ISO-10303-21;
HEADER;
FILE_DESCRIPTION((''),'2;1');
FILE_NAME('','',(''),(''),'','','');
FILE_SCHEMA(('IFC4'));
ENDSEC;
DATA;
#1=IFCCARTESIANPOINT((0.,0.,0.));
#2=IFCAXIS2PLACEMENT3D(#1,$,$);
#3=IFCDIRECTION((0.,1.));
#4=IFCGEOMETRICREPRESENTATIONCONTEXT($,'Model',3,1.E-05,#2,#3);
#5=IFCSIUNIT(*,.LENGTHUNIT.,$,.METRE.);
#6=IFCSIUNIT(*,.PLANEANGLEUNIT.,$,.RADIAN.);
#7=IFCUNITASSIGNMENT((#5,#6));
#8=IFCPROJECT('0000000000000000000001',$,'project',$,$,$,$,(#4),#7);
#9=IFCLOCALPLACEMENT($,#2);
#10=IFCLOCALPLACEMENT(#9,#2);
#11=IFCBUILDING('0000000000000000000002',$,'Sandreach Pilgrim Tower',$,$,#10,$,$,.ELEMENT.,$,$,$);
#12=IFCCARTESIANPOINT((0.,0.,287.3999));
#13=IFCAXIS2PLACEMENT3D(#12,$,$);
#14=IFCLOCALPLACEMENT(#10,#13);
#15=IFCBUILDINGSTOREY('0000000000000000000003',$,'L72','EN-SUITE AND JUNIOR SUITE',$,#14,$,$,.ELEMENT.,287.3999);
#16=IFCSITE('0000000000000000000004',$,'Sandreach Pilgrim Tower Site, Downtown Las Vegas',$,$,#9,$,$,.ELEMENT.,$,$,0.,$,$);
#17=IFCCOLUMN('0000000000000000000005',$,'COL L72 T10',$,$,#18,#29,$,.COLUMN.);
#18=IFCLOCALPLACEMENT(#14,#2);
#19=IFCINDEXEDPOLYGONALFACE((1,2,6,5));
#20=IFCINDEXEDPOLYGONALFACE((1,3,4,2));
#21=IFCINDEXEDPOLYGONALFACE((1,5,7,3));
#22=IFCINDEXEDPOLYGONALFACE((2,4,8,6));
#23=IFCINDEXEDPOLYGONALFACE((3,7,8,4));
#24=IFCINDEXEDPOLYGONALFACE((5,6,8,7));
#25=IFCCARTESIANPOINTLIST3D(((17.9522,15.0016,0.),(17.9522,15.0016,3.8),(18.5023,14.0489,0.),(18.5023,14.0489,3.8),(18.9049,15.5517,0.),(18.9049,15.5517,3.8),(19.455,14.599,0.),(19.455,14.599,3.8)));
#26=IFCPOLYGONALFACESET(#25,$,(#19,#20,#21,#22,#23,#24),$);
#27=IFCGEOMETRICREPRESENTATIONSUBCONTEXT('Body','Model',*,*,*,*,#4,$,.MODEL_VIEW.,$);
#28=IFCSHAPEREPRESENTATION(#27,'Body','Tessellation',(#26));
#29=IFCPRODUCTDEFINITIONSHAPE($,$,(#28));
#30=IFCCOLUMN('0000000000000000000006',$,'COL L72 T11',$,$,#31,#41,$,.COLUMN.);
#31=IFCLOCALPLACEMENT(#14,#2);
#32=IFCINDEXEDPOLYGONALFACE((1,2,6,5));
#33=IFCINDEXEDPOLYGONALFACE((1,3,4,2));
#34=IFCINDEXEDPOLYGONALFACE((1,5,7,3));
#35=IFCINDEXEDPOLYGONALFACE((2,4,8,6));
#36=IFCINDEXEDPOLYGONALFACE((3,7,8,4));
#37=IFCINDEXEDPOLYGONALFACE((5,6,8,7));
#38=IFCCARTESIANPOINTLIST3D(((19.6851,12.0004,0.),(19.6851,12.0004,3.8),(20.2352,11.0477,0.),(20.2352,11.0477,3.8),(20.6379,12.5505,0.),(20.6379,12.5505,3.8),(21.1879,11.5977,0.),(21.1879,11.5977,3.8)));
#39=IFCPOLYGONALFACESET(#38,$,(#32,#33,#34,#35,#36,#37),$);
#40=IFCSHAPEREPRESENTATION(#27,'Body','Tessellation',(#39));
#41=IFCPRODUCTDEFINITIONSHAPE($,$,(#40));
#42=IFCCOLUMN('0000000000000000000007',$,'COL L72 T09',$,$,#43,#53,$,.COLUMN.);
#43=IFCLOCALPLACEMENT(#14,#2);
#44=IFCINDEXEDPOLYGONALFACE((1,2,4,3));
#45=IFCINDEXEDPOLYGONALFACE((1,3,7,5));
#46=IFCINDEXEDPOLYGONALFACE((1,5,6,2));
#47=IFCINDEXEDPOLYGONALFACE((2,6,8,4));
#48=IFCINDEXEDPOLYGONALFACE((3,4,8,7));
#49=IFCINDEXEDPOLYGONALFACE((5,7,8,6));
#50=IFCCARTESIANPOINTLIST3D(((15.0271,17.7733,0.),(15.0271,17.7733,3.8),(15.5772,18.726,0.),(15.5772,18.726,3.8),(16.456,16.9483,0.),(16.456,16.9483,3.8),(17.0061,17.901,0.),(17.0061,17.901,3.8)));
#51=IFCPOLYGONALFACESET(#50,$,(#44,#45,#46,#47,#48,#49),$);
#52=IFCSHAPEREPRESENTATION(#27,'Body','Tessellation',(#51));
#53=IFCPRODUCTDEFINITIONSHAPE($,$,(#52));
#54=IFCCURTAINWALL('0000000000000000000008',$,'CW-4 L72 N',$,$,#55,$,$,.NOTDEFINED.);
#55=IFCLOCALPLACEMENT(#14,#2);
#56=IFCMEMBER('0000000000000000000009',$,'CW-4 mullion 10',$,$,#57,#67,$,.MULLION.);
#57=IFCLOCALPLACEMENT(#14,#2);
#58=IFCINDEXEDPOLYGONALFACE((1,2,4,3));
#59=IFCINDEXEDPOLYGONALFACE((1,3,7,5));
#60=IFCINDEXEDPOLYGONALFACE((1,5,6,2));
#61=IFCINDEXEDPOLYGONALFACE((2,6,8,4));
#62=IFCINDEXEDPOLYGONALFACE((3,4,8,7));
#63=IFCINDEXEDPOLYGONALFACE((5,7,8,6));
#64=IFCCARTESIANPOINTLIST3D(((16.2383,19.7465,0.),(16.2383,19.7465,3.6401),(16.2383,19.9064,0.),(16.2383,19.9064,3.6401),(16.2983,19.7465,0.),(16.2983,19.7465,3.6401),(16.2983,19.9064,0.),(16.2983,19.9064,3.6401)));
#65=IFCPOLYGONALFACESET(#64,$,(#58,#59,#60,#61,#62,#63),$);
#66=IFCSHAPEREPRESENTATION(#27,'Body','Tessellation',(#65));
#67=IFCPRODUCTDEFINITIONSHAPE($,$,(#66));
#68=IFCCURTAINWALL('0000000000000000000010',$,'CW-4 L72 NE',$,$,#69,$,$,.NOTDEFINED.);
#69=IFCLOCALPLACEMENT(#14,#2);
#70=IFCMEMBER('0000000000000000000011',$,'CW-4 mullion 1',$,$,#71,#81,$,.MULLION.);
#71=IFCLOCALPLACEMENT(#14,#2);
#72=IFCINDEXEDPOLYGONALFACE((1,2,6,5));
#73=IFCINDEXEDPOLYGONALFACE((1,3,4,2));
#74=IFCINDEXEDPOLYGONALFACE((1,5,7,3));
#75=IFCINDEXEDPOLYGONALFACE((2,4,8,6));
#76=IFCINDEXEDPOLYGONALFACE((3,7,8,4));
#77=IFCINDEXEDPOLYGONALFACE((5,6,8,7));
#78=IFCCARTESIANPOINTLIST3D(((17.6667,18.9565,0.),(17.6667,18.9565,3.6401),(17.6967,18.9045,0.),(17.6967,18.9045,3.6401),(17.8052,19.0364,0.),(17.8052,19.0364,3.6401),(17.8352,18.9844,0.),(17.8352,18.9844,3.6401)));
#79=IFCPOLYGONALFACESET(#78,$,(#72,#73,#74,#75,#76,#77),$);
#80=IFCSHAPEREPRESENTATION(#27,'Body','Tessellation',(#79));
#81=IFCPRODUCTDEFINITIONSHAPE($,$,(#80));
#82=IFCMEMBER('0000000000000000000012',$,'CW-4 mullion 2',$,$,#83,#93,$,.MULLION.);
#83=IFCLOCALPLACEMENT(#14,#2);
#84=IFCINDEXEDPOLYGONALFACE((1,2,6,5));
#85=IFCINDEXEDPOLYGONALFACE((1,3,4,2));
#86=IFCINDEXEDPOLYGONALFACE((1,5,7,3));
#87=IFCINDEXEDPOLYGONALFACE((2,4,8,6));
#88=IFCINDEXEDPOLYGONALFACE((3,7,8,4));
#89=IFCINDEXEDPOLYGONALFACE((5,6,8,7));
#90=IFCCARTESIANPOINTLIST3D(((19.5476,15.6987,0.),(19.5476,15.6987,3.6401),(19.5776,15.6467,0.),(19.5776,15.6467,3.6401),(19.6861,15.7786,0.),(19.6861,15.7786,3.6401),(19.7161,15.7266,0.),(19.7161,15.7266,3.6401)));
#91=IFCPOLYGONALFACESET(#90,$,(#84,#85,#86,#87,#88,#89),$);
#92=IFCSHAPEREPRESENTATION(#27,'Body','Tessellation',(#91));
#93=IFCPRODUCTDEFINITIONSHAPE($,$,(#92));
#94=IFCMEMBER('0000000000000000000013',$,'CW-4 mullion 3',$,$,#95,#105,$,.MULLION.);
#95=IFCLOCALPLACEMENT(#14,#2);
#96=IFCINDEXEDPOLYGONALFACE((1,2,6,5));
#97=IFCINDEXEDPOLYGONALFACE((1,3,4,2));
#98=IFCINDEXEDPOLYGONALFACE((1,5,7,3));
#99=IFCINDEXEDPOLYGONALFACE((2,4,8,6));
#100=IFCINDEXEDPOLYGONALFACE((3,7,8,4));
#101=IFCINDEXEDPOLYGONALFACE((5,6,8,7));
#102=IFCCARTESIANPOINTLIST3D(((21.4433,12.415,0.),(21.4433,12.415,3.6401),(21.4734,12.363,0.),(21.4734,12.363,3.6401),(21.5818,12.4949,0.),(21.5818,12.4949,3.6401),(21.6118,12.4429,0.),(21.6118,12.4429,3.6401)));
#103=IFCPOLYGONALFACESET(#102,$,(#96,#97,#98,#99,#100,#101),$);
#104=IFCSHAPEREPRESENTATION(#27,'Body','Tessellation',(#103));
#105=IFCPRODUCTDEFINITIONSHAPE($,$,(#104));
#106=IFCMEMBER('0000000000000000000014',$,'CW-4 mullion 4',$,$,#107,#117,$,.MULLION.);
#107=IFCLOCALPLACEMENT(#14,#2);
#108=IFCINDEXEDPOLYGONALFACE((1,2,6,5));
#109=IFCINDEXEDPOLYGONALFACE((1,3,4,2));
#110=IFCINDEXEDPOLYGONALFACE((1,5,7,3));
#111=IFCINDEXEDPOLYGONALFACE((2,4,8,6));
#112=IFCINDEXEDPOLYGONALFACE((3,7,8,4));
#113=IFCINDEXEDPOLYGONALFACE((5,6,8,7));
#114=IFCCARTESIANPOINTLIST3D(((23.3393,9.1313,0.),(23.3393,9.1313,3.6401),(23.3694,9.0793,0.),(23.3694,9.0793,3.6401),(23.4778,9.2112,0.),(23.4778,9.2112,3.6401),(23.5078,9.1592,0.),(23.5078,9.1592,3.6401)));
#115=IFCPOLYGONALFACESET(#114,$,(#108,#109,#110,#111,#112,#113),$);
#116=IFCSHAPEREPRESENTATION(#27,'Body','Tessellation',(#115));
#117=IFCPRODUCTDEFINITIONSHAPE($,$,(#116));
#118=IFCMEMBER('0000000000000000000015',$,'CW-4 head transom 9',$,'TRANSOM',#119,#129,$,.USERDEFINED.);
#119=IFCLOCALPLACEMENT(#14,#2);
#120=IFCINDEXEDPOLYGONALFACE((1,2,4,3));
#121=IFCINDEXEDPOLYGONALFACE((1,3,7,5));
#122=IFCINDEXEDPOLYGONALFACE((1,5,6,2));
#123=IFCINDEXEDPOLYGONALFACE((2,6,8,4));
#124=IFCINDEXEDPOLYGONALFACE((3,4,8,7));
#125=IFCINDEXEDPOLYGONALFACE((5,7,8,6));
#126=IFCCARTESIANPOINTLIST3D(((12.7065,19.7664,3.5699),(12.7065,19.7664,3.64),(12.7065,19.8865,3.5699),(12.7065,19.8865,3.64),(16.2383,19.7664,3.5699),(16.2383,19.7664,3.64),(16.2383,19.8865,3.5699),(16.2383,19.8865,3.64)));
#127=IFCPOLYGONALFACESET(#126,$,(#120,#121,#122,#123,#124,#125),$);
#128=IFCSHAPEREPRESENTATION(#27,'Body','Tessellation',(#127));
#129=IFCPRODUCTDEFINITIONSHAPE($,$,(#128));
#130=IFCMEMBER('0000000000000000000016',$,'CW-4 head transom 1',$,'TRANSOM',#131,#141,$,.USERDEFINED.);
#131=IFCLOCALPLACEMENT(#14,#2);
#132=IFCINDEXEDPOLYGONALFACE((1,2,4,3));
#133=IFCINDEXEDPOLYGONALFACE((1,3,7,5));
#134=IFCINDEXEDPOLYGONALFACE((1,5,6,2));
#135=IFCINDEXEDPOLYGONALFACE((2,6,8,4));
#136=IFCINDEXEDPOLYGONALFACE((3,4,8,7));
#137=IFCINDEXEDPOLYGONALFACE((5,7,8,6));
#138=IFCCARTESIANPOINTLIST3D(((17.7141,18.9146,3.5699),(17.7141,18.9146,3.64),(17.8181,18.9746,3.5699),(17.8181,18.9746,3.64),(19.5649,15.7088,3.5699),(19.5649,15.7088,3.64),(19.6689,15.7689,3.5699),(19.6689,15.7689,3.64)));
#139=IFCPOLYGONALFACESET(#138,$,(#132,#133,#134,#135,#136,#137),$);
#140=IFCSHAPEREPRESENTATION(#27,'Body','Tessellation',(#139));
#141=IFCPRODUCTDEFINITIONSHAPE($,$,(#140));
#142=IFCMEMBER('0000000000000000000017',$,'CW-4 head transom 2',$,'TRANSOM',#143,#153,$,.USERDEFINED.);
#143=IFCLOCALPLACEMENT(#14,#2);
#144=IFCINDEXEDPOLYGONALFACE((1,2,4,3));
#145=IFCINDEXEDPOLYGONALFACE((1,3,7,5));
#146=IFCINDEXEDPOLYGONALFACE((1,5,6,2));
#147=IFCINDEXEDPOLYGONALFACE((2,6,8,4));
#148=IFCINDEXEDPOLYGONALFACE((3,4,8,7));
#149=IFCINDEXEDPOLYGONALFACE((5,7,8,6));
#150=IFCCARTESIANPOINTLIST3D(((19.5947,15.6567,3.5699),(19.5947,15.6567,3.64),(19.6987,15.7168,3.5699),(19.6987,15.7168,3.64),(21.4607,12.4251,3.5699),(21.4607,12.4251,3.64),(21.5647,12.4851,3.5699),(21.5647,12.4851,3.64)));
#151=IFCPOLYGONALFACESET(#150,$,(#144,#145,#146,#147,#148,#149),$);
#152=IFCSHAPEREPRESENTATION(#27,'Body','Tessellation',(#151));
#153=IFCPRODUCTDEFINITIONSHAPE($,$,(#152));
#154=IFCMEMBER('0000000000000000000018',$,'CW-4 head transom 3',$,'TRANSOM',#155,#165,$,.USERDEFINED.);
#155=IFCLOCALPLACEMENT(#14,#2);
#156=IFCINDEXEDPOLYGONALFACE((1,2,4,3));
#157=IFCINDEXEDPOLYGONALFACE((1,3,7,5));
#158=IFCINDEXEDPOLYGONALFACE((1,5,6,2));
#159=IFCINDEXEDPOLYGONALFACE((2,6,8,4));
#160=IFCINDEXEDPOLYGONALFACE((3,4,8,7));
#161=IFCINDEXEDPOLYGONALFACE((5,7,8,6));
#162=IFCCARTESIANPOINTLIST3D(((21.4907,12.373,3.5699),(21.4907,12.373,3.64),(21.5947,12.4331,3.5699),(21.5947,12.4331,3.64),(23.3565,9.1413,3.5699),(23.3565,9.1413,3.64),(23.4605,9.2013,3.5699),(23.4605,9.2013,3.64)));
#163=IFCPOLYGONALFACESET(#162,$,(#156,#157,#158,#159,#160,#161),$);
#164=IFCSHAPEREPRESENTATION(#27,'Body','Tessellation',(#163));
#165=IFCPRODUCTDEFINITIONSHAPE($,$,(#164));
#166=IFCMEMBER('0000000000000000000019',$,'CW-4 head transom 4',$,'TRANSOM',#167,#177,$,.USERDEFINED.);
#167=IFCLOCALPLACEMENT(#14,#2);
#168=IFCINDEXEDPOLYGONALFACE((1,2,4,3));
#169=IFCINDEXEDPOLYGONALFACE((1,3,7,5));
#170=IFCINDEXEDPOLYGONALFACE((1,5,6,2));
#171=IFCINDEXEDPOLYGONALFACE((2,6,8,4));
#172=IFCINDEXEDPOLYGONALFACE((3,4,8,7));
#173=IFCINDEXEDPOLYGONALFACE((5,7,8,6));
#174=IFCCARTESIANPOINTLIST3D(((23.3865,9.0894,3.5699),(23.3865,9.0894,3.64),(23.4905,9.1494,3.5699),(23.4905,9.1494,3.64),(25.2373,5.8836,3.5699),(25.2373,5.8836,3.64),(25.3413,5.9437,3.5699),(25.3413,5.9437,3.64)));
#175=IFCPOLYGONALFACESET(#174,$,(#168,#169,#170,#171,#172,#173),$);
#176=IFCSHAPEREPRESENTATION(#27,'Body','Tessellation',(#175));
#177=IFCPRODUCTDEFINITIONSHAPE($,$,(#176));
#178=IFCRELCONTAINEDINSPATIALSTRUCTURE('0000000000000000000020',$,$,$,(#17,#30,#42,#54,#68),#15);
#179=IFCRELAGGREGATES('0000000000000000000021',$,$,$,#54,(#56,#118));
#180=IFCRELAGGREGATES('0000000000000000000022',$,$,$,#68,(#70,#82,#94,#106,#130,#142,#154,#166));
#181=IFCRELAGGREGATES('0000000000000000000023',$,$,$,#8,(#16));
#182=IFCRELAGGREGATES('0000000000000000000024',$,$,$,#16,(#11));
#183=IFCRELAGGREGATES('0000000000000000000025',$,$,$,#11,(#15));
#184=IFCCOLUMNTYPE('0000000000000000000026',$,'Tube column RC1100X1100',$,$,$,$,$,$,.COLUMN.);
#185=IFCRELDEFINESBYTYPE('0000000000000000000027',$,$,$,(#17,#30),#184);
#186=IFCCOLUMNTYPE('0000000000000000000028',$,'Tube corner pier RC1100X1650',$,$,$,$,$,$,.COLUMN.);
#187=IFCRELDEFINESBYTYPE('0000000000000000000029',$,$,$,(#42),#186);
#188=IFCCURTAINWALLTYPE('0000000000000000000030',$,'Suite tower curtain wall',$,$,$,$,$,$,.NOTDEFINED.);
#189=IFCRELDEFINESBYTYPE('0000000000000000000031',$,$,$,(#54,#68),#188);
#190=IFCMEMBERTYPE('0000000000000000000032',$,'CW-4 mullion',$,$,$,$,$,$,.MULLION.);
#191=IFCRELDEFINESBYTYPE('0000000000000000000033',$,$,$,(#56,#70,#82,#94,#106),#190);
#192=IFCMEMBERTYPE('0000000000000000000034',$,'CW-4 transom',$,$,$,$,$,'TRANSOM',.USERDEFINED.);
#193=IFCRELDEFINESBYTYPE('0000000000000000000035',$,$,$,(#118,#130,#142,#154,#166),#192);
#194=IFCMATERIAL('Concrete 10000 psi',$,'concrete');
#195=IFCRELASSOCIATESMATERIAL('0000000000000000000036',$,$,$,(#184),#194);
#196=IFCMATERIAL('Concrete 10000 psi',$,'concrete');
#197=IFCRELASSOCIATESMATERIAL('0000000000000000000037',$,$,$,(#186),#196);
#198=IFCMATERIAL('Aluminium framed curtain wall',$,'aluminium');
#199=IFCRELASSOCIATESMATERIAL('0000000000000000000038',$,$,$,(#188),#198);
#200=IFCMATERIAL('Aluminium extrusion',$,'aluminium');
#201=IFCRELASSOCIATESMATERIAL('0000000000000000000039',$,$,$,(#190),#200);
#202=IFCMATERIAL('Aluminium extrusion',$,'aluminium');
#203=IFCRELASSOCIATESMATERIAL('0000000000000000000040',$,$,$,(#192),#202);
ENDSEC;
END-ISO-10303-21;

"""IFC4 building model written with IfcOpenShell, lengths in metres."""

from ifc_helpers import new_model, si_unit, direction, frame, origin, origin_2d, place, context, subcontext, project, spatial, rectangle, extrude, material, material_profile, profile_set, type_object, element, aggregate, save


model = new_model("IFC4")

# Units and contexts
model_context = context("Model", 3, precision=1e-05, world=origin(), true_north=direction((0.0, 1.0)))
body_context = subcontext(model_context, "Body", "Model", "MODEL_VIEW")
ifc_project = project(units=[si_unit("LENGTHUNIT", "METRE"), si_unit("PLANEANGLEUNIT", "RADIAN")], contexts=[model_context])

# Site, building, storey
site_placement = place(None, origin())
site = spatial("IfcSite", under=ifc_project, at=site_placement, Name="Sandreach Pilgrim Tower Site, Downtown Las Vegas", CompositionType="ELEMENT", RefElevation=0.0)
building_placement = place(site_placement, origin())
building = spatial("IfcBuilding", under=site, at=building_placement, Name="Sandreach Pilgrim Tower", CompositionType="ELEMENT")
storey_placement = place(building_placement, frame((0.0, 0.0, 287.3999)))
storey = spatial("IfcBuildingStorey", under=building, at=storey_placement, Name="L72", Description="EN-SUITE AND JUNIOR SUITE", CompositionType="ELEMENT", Elevation=287.3999)

# Columns
ifc_material_1 = material(Name="Concrete 10000 psi", Category="concrete")
ifc_material_profile_1 = material_profile(ifc_material_1, rectangle(XDim=1.1001, YDim=1.1001, at=origin_2d()), Name="RC1100X1100")
ifc_profile_set_1 = profile_set([ifc_material_profile_1], Name="Concrete 10000 psi")
column_type_1 = type_object("IfcColumnType", Name="Tube column RC1100X1100", PredefinedType="COLUMN", material=ifc_profile_set_1)
for number, where, z_axis, x_axis, name in (
    (1, (18.7036, 14.8003, 0.0), (0.0, 0.0, 1.0), (0.866025, 0.5, 0.0), "COL L72 T10"),
    (2, (20.4365, 11.7991, 0.0), (0.0, 0.0, 1.0), (0.866025, 0.5, 0.0), "COL L72 T11"),
):
    element("IfcColumn", number, at=place(storey_placement, frame(where, z_axis=z_axis, x_axis=x_axis)), inside=storey, type_object=column_type_1, Name=name, PredefinedType="COLUMN", context=body_context, shape_type="SweptSolid", body=[
        extrude(rectangle(XDim=1.1001, YDim=1.1001, at=origin_2d()), origin(), (0.0, 0.0, 1.0), 3.8),
    ])
ifc_material_2 = material(Name="Concrete 10000 psi", Category="concrete")
ifc_material_profile_2 = material_profile(ifc_material_2, rectangle(XDim=1.1001, YDim=1.6499, at=origin_2d()), Name="RC1100X1650")
ifc_profile_set_2 = profile_set([ifc_material_profile_2], Name="Concrete 10000 psi")
column_type_2 = type_object("IfcColumnType", Name="Tube corner pier RC1100X1650", PredefinedType="COLUMN", material=ifc_profile_set_2)
column_placement = place(storey_placement, frame((16.0166, 17.8372, 0.0), z_axis=(0.0, 0.0, 1.0), x_axis=(0.5, 0.866025, 0.0)))
element("IfcColumn", 3, at=column_placement, inside=storey, type_object=column_type_2, Name="COL L72 T09", PredefinedType="COLUMN", context=body_context, shape_type="SweptSolid", body=[
    extrude(rectangle(XDim=1.1001, YDim=1.6499, at=origin_2d()), origin(), (0.0, 0.0, 1.0), 3.8),
])

# Curtain wall, member
ifc_material_3 = material(Name="Aluminium framed curtain wall", Category="aluminium")
curtain_wall_type = type_object("IfcCurtainWallType", Name="Suite tower curtain wall", PredefinedType="NOTDEFINED", material=ifc_material_3)
curtain_wall_1_placement = place(storey_placement, origin())
curtain_wall_1 = element("IfcCurtainWall", 4, at=curtain_wall_1_placement, inside=storey, type_object=curtain_wall_type, Name="CW-4 L72 N", PredefinedType="NOTDEFINED")
ifc_material_4 = material(Name="Aluminium extrusion", Category="aluminium")
ifc_material_profile_3 = material_profile(ifc_material_4, rectangle(XDim=0.0601, YDim=0.1599, at=origin_2d()), Name="CW-4M 60X160")
ifc_profile_set_3 = profile_set([ifc_material_profile_3], Name="Aluminium extrusion")
member_type_1 = type_object("IfcMemberType", Name="CW-4 mullion", PredefinedType="MULLION", material=ifc_profile_set_3)
member_1_placement = place(storey_placement, frame((16.2683, 19.8264, 0.0), z_axis=(0.0, 0.0, 1.0), x_axis=(1.0, 0.0, 0.0)))
member_1 = element("IfcMember", 5, at=member_1_placement, type_object=member_type_1, Name="CW-4 mullion 10", PredefinedType="MULLION", context=body_context, shape_type="SweptSolid", body=[
    extrude(rectangle(XDim=0.0601, YDim=0.1599, at=origin_2d()), origin(), (0.0, 0.0, 1.0), 3.6401),
])

# Curtain wall, members
curtain_wall_2_placement = place(storey_placement, origin())
curtain_wall_2 = element("IfcCurtainWall", 6, at=curtain_wall_2_placement, inside=storey, type_object=curtain_wall_type, Name="CW-4 L72 NE", PredefinedType="NOTDEFINED")
member_2_placement = place(storey_placement, frame((17.751, 18.9705, 0.0), z_axis=(0.0, 0.0, 1.0), x_axis=(0.5, -0.866025, 0.0)))
member_2 = element("IfcMember", 7, at=member_2_placement, type_object=member_type_1, Name="CW-4 mullion 1", PredefinedType="MULLION", context=body_context, shape_type="SweptSolid", body=[
    extrude(rectangle(XDim=0.0601, YDim=0.1599, at=origin_2d()), origin(), (0.0, 0.0, 1.0), 3.6401),
])
member_3_placement = place(storey_placement, frame((19.6318, 15.7126, 0.0), z_axis=(0.0, 0.0, 1.0), x_axis=(0.5, -0.866025, 0.0)))
member_3 = element("IfcMember", 8, at=member_3_placement, type_object=member_type_1, Name="CW-4 mullion 2", PredefinedType="MULLION", context=body_context, shape_type="SweptSolid", body=[
    extrude(rectangle(XDim=0.0601, YDim=0.1599, at=origin_2d()), origin(), (0.0, 0.0, 1.0), 3.6401),
])
member_4_placement = place(storey_placement, frame((21.5276, 12.429, 0.0), z_axis=(0.0, 0.0, 1.0), x_axis=(0.5, -0.866025, 0.0)))
member_4 = element("IfcMember", 9, at=member_4_placement, type_object=member_type_1, Name="CW-4 mullion 3", PredefinedType="MULLION", context=body_context, shape_type="SweptSolid", body=[
    extrude(rectangle(XDim=0.0601, YDim=0.1599, at=origin_2d()), origin(), (0.0, 0.0, 1.0), 3.6401),
])
member_5_placement = place(storey_placement, frame((23.4236, 9.1453, 0.0), z_axis=(0.0, 0.0, 1.0), x_axis=(0.5, -0.866025, 0.0)))
member_5 = element("IfcMember", 10, at=member_5_placement, type_object=member_type_1, Name="CW-4 mullion 4", PredefinedType="MULLION", context=body_context, shape_type="SweptSolid", body=[
    extrude(rectangle(XDim=0.0601, YDim=0.1599, at=origin_2d()), origin(), (0.0, 0.0, 1.0), 3.6401),
])

# Members
ifc_material_5 = material(Name="Aluminium extrusion", Category="aluminium")
ifc_material_profile_4 = material_profile(ifc_material_5, rectangle(XDim=0.1201, YDim=0.0701, at=origin_2d()), Name="CW-4T 120X70")
ifc_profile_set_4 = profile_set([ifc_material_profile_4], Name="Aluminium extrusion")
member_type_2 = type_object("IfcMemberType", Name="CW-4 transom", ElementType="TRANSOM", PredefinedType="USERDEFINED", material=ifc_profile_set_4)
member_6_placement = place(storey_placement, frame((12.7065, 19.8264, 3.605), z_axis=(1.0, 0.0, 0.0), x_axis=(0.0, 1.0, 0.0)))
member_6 = element("IfcMember", 11, at=member_6_placement, type_object=member_type_2, Name="CW-4 head transom 9", ObjectType="TRANSOM", PredefinedType="USERDEFINED", context=body_context, shape_type="SweptSolid", body=[
    extrude(rectangle(XDim=0.1201, YDim=0.0701, at=origin_2d()), origin(), (0.0, 0.0, 1.0), 3.5317),
])
member_7_placement = place(storey_placement, frame((17.7661, 18.9446, 3.605), z_axis=(0.499991, -0.866031, 0.0), x_axis=(0.866031, 0.499991, 0.0)))
member_7 = element("IfcMember", 12, at=member_7_placement, type_object=member_type_2, Name="CW-4 head transom 1", ObjectType="TRANSOM", PredefinedType="USERDEFINED", context=body_context, shape_type="SweptSolid", body=[
    extrude(rectangle(XDim=0.1201, YDim=0.0701, at=origin_2d()), origin(), (0.0, 0.0, 1.0), 3.7017),
])
member_8_placement = place(storey_placement, frame((19.6467, 15.6868, 3.605), z_axis=(0.50003, -0.866008, 0.0), x_axis=(0.866008, 0.50003, 0.0)))
member_8 = element("IfcMember", 13, at=member_8_placement, type_object=member_type_2, Name="CW-4 head transom 2", ObjectType="TRANSOM", PredefinedType="USERDEFINED", context=body_context, shape_type="SweptSolid", body=[
    extrude(rectangle(XDim=0.1201, YDim=0.0701, at=origin_2d()), origin(), (0.0, 0.0, 1.0), 3.7317),
])
member_9_placement = place(storey_placement, frame((21.5427, 12.4031, 3.605), z_axis=(0.499981, -0.866036, 0.0), x_axis=(0.866036, 0.499981, 0.0)))
member_9 = element("IfcMember", 14, at=member_9_placement, type_object=member_type_2, Name="CW-4 head transom 3", ObjectType="TRANSOM", PredefinedType="USERDEFINED", context=body_context, shape_type="SweptSolid", body=[
    extrude(rectangle(XDim=0.1201, YDim=0.0701, at=origin_2d()), origin(), (0.0, 0.0, 1.0), 3.7317),
])
member_10_placement = place(storey_placement, frame((23.4385, 9.1194, 3.605), z_axis=(0.499991, -0.866031, 0.0), x_axis=(0.866031, 0.499991, 0.0)))
member_10 = element("IfcMember", 15, at=member_10_placement, type_object=member_type_2, Name="CW-4 head transom 4", ObjectType="TRANSOM", PredefinedType="USERDEFINED", context=body_context, shape_type="SweptSolid", body=[
    extrude(rectangle(XDim=0.1201, YDim=0.0701, at=origin_2d()), origin(), (0.0, 0.0, 1.0), 3.7017),
])

aggregate(curtain_wall_1, [member_1, member_6])
aggregate(curtain_wall_2, [member_2, member_3, member_4, member_5, member_7, member_8, member_9, member_10])

save(model, "model.ifc")
